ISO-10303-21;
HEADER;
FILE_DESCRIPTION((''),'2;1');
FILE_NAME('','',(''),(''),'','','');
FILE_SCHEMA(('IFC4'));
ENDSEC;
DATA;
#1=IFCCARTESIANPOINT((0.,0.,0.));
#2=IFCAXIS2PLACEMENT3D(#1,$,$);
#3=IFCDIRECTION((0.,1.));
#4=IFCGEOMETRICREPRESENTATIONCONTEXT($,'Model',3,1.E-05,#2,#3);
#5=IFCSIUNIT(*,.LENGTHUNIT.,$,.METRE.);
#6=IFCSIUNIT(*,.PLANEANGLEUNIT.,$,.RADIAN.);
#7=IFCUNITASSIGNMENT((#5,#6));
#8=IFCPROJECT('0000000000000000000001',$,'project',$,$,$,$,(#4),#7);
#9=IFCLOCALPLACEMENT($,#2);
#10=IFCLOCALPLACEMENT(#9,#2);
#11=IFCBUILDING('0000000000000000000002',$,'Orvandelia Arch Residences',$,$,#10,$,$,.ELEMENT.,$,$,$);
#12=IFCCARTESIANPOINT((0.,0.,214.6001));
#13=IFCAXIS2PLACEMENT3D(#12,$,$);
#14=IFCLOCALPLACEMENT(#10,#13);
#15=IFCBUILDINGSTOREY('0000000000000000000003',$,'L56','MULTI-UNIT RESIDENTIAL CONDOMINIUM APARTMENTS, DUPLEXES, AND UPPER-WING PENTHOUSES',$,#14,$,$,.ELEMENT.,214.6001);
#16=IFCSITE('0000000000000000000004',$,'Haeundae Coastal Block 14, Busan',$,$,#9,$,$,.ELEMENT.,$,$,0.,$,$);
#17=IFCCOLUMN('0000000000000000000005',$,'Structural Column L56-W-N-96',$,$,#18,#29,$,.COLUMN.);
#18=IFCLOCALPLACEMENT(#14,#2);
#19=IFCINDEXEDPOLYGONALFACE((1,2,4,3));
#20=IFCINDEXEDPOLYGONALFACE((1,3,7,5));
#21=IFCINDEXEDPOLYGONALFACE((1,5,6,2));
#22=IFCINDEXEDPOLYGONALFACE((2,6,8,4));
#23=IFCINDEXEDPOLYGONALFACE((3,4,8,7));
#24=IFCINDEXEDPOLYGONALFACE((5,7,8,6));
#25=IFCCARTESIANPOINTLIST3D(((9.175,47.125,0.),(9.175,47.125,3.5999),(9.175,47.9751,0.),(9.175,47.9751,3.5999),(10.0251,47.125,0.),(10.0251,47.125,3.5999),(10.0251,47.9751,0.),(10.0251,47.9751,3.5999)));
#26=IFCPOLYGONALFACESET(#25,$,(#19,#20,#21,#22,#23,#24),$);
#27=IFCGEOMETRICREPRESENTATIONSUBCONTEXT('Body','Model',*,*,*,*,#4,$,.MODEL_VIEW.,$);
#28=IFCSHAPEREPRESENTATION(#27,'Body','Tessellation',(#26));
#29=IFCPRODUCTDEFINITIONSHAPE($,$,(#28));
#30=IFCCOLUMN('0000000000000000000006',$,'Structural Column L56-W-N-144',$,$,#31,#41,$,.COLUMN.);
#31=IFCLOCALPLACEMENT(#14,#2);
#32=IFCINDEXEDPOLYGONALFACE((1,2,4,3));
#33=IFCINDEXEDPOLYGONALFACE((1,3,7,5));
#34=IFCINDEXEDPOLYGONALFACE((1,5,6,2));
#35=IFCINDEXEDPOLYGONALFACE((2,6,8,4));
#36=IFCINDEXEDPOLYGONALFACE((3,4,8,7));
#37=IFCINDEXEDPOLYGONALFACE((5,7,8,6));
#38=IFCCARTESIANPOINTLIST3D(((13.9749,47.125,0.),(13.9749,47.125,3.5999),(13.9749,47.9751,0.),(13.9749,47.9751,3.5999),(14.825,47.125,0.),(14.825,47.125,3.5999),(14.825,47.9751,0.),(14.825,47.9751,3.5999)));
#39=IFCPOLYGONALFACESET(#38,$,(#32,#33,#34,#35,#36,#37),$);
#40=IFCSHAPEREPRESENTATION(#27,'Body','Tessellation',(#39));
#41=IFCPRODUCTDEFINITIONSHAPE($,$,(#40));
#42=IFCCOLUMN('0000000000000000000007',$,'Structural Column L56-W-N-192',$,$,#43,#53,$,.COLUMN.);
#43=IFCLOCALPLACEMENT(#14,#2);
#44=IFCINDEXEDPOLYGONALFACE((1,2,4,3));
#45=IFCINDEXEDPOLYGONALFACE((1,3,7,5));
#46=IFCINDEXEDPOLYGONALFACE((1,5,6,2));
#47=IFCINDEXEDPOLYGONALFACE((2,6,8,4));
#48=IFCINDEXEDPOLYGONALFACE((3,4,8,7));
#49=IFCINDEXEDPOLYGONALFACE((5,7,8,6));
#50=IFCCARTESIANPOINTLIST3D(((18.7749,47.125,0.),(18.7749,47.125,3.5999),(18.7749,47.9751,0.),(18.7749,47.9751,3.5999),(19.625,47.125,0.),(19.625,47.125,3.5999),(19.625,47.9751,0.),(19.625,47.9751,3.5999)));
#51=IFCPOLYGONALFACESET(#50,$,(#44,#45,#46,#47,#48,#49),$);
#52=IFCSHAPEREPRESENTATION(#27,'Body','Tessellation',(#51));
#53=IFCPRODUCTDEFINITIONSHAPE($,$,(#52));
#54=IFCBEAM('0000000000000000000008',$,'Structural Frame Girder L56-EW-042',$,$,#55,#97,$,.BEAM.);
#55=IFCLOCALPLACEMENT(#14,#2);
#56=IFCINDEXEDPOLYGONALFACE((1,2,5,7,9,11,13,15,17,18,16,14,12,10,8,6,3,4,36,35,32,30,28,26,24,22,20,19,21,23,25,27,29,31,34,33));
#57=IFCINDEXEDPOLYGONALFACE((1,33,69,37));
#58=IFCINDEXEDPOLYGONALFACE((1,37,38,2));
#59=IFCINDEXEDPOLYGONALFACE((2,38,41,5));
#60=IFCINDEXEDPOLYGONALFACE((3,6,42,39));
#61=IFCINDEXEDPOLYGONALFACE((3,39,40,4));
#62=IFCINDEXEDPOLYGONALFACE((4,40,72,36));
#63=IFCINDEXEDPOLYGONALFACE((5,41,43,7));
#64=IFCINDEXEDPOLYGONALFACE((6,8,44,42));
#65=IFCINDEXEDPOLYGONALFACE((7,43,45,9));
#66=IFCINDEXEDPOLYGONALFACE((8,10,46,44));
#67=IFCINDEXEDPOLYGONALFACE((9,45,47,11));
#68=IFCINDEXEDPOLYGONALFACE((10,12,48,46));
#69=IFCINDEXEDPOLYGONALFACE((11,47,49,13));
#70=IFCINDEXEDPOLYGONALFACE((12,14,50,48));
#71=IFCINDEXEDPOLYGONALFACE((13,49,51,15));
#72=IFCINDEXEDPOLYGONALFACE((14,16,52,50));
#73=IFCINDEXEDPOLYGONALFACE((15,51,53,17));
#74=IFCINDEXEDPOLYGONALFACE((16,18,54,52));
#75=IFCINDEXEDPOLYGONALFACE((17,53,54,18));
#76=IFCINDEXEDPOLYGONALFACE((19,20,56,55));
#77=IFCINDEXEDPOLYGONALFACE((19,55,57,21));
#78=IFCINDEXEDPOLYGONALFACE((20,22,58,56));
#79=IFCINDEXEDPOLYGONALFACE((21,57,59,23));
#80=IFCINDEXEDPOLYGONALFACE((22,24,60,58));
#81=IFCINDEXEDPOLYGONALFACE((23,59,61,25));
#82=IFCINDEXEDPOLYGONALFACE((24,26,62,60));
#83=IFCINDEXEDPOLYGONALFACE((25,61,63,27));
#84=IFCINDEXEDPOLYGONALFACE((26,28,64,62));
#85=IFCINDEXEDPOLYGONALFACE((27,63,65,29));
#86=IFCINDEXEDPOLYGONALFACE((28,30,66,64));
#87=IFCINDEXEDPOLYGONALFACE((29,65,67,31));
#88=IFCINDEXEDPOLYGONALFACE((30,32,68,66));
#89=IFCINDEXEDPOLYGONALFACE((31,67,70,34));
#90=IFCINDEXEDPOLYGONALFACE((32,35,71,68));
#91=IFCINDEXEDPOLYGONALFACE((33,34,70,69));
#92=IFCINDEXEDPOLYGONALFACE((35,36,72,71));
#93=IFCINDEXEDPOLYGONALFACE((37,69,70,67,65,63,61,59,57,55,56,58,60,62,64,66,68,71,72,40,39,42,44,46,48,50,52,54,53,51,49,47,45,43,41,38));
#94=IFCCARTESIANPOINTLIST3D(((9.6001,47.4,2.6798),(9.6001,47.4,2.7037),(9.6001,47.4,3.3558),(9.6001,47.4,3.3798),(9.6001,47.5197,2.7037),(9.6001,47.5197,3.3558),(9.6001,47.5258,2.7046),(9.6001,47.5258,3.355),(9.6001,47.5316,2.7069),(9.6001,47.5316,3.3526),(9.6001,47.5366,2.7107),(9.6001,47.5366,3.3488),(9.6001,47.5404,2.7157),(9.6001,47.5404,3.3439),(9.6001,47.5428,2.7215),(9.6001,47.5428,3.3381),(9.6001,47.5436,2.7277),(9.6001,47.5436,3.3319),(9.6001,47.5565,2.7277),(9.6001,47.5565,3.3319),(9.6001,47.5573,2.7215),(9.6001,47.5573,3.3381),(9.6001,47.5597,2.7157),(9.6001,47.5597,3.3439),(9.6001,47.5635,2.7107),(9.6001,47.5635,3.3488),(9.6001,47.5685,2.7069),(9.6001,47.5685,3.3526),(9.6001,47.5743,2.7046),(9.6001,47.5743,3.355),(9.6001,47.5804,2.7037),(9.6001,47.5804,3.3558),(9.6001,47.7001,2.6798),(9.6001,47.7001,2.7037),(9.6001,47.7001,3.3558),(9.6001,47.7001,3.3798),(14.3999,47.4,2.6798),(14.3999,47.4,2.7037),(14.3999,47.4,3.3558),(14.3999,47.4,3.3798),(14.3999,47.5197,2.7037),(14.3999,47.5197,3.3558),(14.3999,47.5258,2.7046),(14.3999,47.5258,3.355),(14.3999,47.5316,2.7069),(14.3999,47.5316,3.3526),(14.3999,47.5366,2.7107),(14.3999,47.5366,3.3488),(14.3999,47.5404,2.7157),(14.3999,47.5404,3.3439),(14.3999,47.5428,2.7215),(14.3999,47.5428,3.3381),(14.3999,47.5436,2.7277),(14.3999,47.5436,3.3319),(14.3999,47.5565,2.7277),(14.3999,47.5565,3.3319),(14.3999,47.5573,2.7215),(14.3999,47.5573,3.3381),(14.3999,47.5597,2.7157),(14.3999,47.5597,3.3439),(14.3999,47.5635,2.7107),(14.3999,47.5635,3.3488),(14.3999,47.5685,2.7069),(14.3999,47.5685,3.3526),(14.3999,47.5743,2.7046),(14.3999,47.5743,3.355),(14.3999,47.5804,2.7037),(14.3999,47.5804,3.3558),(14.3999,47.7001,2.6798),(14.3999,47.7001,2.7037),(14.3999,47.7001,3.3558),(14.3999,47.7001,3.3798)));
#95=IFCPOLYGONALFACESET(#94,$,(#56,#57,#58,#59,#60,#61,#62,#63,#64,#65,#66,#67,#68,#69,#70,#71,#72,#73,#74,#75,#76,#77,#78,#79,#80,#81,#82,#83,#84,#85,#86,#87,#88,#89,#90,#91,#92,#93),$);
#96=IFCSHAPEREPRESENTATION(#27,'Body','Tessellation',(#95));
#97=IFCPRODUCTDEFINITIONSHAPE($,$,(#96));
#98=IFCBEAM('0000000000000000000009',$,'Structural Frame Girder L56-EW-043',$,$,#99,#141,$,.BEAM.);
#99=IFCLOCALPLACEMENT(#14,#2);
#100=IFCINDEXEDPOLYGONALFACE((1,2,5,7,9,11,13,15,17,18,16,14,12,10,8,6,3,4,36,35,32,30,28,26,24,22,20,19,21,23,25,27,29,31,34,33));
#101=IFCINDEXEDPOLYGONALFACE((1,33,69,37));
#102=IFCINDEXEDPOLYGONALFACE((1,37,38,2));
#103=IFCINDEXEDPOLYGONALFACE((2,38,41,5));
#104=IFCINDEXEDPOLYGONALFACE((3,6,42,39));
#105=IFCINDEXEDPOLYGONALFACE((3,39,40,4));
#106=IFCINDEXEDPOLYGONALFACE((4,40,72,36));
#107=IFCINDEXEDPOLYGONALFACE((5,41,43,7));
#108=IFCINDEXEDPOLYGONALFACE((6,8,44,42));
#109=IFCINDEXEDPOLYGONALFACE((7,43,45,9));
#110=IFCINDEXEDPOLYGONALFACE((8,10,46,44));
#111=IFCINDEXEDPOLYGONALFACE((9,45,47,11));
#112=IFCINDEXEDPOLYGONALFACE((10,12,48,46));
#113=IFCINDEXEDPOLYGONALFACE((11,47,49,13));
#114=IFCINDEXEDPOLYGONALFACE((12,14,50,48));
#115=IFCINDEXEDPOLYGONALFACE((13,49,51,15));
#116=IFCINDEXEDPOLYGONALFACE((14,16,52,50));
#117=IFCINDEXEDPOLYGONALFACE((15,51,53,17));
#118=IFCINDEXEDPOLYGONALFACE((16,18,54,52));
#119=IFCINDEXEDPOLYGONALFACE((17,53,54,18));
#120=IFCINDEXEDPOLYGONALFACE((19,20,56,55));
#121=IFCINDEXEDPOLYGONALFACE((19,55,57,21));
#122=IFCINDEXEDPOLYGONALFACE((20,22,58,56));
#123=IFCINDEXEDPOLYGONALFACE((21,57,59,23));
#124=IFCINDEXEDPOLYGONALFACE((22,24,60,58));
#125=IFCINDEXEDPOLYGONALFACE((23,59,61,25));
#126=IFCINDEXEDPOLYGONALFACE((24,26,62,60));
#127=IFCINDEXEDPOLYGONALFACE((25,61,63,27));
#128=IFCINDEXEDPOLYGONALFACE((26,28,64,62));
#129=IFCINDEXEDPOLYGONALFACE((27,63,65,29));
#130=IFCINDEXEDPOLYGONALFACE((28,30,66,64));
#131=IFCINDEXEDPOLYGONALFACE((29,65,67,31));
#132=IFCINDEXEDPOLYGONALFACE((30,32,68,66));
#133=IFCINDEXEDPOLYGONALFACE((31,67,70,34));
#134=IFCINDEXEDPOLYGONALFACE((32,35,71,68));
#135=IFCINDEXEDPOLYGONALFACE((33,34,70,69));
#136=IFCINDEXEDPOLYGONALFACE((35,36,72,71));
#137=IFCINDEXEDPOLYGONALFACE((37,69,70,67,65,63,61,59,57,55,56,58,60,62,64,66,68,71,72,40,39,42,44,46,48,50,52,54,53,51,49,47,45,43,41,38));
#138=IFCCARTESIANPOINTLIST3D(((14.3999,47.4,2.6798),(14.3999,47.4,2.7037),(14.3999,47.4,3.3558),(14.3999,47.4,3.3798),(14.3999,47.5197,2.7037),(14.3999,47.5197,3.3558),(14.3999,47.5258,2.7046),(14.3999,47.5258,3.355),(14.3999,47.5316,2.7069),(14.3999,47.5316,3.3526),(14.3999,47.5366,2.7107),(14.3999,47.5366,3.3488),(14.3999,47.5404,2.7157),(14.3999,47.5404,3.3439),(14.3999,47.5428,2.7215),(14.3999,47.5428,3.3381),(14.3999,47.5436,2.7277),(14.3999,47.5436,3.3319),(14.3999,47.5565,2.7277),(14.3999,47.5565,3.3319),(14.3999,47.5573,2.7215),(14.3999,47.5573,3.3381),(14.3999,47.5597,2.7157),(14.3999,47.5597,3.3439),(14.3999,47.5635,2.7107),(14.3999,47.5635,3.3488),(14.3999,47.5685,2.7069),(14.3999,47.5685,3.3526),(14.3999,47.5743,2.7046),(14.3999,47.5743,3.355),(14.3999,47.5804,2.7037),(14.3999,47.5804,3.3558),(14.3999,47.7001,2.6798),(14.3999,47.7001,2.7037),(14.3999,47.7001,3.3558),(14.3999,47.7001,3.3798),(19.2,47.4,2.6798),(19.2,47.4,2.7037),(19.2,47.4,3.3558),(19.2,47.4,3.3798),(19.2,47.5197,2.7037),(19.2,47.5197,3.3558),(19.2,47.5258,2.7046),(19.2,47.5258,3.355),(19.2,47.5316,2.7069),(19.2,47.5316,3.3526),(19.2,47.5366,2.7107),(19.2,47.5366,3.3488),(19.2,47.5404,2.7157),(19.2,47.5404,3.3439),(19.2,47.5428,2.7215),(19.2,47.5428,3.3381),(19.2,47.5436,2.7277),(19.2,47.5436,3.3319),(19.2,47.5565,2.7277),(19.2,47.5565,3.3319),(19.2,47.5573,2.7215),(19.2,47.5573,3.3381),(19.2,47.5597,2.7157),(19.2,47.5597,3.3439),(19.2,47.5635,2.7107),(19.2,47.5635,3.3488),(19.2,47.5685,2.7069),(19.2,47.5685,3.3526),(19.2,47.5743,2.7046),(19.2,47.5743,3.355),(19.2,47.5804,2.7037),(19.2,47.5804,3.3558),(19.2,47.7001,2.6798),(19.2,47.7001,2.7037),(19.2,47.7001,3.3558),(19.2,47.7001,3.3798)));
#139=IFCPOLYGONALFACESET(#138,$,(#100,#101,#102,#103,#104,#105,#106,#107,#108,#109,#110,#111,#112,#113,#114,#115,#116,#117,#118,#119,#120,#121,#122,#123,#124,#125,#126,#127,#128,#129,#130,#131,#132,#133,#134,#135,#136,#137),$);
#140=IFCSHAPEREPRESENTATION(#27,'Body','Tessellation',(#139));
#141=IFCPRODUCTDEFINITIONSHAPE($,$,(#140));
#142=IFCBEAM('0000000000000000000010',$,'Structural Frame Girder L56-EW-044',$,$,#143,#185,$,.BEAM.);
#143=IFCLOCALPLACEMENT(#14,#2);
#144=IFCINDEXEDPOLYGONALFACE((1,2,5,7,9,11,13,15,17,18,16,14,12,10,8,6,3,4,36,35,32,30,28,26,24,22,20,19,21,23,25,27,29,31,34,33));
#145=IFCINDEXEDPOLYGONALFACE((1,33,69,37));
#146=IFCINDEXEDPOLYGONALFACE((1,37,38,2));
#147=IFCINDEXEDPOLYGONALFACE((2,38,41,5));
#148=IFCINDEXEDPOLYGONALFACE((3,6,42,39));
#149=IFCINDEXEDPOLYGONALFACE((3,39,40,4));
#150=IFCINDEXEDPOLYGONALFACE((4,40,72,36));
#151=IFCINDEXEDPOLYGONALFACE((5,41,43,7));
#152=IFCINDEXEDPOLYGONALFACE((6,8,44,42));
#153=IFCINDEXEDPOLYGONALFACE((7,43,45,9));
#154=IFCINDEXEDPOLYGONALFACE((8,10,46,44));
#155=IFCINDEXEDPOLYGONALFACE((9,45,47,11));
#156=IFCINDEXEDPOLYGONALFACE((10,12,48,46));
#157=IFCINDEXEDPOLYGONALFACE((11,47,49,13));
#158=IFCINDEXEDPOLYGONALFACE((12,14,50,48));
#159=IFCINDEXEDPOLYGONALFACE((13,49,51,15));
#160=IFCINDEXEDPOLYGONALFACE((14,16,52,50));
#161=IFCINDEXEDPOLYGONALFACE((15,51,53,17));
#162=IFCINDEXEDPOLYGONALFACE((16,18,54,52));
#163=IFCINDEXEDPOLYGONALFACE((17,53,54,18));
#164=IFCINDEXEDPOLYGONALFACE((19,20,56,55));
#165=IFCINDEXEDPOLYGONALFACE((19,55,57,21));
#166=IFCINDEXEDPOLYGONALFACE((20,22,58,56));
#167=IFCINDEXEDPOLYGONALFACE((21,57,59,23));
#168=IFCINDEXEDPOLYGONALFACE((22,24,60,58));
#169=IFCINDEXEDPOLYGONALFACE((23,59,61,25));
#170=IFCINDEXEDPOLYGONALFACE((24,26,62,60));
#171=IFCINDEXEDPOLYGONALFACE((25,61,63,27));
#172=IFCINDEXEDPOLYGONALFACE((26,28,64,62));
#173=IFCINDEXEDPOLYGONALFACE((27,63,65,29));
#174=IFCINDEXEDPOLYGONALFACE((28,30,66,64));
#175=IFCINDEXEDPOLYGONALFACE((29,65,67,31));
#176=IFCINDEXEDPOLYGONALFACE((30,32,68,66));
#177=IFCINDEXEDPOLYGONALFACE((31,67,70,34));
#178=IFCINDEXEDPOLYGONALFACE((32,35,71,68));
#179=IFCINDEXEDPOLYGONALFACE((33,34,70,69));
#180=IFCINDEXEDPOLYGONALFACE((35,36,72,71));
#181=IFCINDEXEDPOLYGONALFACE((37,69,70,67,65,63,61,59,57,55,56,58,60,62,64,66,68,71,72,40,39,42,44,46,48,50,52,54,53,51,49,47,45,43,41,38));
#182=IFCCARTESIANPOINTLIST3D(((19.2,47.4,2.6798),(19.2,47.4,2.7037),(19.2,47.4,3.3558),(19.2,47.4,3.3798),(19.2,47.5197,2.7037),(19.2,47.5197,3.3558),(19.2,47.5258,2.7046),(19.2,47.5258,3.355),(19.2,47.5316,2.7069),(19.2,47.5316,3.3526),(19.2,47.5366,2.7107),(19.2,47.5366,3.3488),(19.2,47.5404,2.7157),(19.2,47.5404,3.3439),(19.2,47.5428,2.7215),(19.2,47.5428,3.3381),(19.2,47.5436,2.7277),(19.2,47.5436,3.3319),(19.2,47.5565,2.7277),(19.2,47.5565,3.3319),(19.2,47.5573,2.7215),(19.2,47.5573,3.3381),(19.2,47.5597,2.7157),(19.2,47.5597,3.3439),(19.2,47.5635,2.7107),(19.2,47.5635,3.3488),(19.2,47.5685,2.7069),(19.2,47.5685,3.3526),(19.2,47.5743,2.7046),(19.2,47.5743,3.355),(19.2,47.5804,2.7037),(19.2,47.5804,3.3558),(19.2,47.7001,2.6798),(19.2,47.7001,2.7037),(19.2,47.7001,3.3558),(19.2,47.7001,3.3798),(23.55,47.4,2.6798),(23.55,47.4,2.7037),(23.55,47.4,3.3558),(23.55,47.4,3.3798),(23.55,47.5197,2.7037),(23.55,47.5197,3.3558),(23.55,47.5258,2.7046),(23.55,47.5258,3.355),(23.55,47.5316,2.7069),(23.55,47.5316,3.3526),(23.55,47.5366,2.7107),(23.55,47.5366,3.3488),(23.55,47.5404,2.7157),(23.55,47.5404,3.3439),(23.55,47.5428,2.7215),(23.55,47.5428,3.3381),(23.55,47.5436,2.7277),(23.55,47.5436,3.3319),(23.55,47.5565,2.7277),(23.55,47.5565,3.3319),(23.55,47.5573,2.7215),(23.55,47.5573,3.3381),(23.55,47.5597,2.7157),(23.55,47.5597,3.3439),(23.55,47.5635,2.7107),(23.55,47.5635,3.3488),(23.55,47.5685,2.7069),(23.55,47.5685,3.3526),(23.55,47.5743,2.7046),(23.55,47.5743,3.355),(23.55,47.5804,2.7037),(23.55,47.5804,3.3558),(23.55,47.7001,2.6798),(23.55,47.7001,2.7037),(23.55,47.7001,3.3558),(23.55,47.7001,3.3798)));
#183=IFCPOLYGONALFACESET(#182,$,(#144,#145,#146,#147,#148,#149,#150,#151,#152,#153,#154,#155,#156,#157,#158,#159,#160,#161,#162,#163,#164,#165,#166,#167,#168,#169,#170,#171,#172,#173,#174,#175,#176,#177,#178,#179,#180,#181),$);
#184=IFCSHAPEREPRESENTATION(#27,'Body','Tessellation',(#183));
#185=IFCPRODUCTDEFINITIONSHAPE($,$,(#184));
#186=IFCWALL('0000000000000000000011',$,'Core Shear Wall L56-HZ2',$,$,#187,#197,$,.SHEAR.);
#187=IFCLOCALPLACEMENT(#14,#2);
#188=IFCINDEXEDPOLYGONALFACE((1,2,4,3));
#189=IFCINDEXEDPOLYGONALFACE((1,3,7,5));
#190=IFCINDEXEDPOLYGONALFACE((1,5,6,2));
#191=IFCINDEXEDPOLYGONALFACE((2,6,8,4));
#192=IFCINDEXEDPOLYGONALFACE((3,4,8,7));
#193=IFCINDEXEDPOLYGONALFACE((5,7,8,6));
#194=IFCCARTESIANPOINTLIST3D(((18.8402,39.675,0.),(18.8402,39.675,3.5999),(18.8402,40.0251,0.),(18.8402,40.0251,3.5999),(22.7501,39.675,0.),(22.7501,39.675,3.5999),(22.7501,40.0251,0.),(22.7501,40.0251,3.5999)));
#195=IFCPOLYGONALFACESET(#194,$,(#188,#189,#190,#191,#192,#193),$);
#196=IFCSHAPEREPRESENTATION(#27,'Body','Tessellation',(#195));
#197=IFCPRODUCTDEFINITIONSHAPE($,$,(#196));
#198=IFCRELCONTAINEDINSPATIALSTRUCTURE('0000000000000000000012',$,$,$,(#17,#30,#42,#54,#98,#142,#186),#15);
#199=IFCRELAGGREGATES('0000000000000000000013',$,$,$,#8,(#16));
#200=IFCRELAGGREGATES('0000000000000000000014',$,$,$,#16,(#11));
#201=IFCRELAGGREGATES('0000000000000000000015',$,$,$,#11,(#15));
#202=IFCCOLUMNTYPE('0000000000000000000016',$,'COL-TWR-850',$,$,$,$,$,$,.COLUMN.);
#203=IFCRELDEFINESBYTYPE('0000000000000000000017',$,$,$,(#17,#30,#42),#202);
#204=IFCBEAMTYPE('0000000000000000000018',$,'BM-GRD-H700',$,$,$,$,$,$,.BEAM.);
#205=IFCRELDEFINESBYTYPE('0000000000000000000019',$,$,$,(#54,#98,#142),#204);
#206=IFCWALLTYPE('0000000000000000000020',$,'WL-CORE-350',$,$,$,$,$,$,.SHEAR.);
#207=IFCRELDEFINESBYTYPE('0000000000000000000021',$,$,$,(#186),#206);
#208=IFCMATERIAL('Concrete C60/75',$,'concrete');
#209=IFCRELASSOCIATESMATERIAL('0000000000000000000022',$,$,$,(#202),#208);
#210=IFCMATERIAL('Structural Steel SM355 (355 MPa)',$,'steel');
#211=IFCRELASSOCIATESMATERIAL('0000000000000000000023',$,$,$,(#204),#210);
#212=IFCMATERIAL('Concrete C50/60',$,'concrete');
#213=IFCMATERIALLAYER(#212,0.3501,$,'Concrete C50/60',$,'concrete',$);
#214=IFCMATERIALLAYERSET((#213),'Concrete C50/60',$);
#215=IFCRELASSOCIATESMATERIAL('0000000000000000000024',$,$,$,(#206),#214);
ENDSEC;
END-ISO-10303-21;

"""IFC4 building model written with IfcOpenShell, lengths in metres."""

from ifc_helpers import new_model, si_unit, direction, frame, frame_2d, origin, origin_2d, place, context, subcontext, project, spatial, rectangle, i_section, extrude, material, layer, layer_set, material_profile, profile_set, type_object, element, save


model = new_model("IFC4")

# Units and contexts
model_context = context("Model", 3, precision=1e-05, world=origin(), true_north=direction((0.0, 1.0)))
body_context = subcontext(model_context, "Body", "Model", "MODEL_VIEW")
ifc_project = project(units=[si_unit("LENGTHUNIT", "METRE"), si_unit("PLANEANGLEUNIT", "RADIAN")], contexts=[model_context])

# Site, building, storey
site_placement = place(None, origin())
site = spatial("IfcSite", under=ifc_project, at=site_placement, Name="Haeundae Coastal Block 14, Busan", CompositionType="ELEMENT", RefElevation=0.0)
building_placement = place(site_placement, origin())
building = spatial("IfcBuilding", under=site, at=building_placement, Name="Orvandelia Arch Residences", CompositionType="ELEMENT")
storey_placement = place(building_placement, frame((0.0, 0.0, 214.6001)))
storey = spatial("IfcBuildingStorey", under=building, at=storey_placement, Name="L56", Description="MULTI-UNIT RESIDENTIAL CONDOMINIUM APARTMENTS, DUPLEXES, AND UPPER-WING PENTHOUSES", CompositionType="ELEMENT", Elevation=214.6001)

# Columns
ifc_material_1 = material(Name="Concrete C60/75", Category="concrete")
ifc_material_profile_1 = material_profile(ifc_material_1, rectangle(XDim=0.8501, YDim=0.8501, at=origin_2d()), Name="Concrete C60/75", Category="concrete")
ifc_profile_set_1 = profile_set([ifc_material_profile_1], Name="Concrete C60/75")
column_type = type_object("IfcColumnType", Name="COL-TWR-850", PredefinedType="COLUMN", material=ifc_profile_set_1)
for number, where, z_axis, x_axis, name in (
    (1, (9.6001, 47.55, 0.0), (0.0, 0.0, 1.0), (1.0, 0.0, 0.0), "Structural Column L56-W-N-96"),
    (2, (14.3999, 47.55, 0.0), (0.0, 0.0, 1.0), (1.0, 0.0, 0.0), "Structural Column L56-W-N-144"),
    (3, (19.2, 47.55, 0.0), (0.0, 0.0, 1.0), (1.0, 0.0, 0.0), "Structural Column L56-W-N-192"),
):
    element("IfcColumn", number, at=place(storey_placement, frame(where, z_axis=z_axis, x_axis=x_axis)), inside=storey, type_object=column_type, Name=name, PredefinedType="COLUMN", context=body_context, shape_type="SweptSolid", body=[
        extrude(rectangle(XDim=0.8501, YDim=0.8501, at=origin_2d()), origin(), (0.0, 0.0, 1.0), 3.5999),
    ])

# Beams
ifc_material_2 = material(Name="Structural Steel SM355 (355 MPa)", Category="steel")
ifc_material_profile_2 = material_profile(ifc_material_2, i_section(OverallWidth=0.3, OverallDepth=0.7, WebThickness=0.0129, FlangeThickness=0.0239, FilletRadius=0.0239, at=origin_2d()), Name="Structural Steel SM355 (355 MPa)", Category="steel")
ifc_profile_set_2 = profile_set([ifc_material_profile_2], Name="Structural Steel SM355 (355 MPa)")
beam_type = type_object("IfcBeamType", Name="BM-GRD-H700", PredefinedType="BEAM", material=ifc_profile_set_2)
beam_1_placement = place(storey_placement, frame((9.6001, 47.55, 3.0298), z_axis=(1.0, 0.0, 0.0), x_axis=(0.0, 1.0, 0.0)))
element("IfcBeam", 4, at=beam_1_placement, inside=storey, type_object=beam_type, Name="Structural Frame Girder L56-EW-042", PredefinedType="BEAM", context=body_context, shape_type="SweptSolid", body=[
    extrude(i_section(OverallWidth=0.3, OverallDepth=0.7, WebThickness=0.0129, FlangeThickness=0.0239, FilletRadius=0.0239, at=origin_2d()), origin(), (0.0, 0.0, 1.0), 4.7998),
])
beam_2_placement = place(storey_placement, frame((14.3999, 47.55, 3.0298), z_axis=(1.0, 0.0, 0.0), x_axis=(0.0, 1.0, 0.0)))
element("IfcBeam", 5, at=beam_2_placement, inside=storey, type_object=beam_type, Name="Structural Frame Girder L56-EW-043", PredefinedType="BEAM", context=body_context, shape_type="SweptSolid", body=[
    extrude(i_section(OverallWidth=0.3, OverallDepth=0.7, WebThickness=0.0129, FlangeThickness=0.0239, FilletRadius=0.0239, at=origin_2d()), origin(), (0.0, 0.0, 1.0), 4.8),
])
beam_3_placement = place(storey_placement, frame((19.2, 47.55, 3.0298), z_axis=(1.0, 0.0, 0.0), x_axis=(0.0, 1.0, 0.0)))
element("IfcBeam", 6, at=beam_3_placement, inside=storey, type_object=beam_type, Name="Structural Frame Girder L56-EW-044", PredefinedType="BEAM", context=body_context, shape_type="SweptSolid", body=[
    extrude(i_section(OverallWidth=0.3, OverallDepth=0.7, WebThickness=0.0129, FlangeThickness=0.0239, FilletRadius=0.0239, at=origin_2d()), origin(), (0.0, 0.0, 1.0), 4.3501),
])

# Wall
ifc_material_3 = material(Name="Concrete C50/60", Category="concrete")
ifc_layer_1 = layer(ifc_material_3, 0.3501, Name="Concrete C50/60", Category="concrete")
ifc_layer_set_1 = layer_set([ifc_layer_1], Name="Concrete C50/60")
wall_type_1 = type_object("IfcWallType", Name="WL-CORE-350", PredefinedType="SHEAR", material=ifc_layer_set_1)
wall_1_placement = place(storey_placement, frame((18.8401, 39.8501, 0.0), z_axis=(0.0, 0.0, 1.0), x_axis=(1.0, 0.0, 0.0)))
element("IfcWall", 7, at=wall_1_placement, inside=storey, type_object=wall_type_1, Name="Core Shear Wall L56-HZ2", PredefinedType="SHEAR", context=body_context, shape_type="SweptSolid", body=[
    extrude(rectangle(XDim=3.9099, YDim=0.3501, at=frame_2d((1.9551, 0.0))), origin(), (0.0, 0.0, 1.0), 3.5999),
])

save(model, "model.ifc")
